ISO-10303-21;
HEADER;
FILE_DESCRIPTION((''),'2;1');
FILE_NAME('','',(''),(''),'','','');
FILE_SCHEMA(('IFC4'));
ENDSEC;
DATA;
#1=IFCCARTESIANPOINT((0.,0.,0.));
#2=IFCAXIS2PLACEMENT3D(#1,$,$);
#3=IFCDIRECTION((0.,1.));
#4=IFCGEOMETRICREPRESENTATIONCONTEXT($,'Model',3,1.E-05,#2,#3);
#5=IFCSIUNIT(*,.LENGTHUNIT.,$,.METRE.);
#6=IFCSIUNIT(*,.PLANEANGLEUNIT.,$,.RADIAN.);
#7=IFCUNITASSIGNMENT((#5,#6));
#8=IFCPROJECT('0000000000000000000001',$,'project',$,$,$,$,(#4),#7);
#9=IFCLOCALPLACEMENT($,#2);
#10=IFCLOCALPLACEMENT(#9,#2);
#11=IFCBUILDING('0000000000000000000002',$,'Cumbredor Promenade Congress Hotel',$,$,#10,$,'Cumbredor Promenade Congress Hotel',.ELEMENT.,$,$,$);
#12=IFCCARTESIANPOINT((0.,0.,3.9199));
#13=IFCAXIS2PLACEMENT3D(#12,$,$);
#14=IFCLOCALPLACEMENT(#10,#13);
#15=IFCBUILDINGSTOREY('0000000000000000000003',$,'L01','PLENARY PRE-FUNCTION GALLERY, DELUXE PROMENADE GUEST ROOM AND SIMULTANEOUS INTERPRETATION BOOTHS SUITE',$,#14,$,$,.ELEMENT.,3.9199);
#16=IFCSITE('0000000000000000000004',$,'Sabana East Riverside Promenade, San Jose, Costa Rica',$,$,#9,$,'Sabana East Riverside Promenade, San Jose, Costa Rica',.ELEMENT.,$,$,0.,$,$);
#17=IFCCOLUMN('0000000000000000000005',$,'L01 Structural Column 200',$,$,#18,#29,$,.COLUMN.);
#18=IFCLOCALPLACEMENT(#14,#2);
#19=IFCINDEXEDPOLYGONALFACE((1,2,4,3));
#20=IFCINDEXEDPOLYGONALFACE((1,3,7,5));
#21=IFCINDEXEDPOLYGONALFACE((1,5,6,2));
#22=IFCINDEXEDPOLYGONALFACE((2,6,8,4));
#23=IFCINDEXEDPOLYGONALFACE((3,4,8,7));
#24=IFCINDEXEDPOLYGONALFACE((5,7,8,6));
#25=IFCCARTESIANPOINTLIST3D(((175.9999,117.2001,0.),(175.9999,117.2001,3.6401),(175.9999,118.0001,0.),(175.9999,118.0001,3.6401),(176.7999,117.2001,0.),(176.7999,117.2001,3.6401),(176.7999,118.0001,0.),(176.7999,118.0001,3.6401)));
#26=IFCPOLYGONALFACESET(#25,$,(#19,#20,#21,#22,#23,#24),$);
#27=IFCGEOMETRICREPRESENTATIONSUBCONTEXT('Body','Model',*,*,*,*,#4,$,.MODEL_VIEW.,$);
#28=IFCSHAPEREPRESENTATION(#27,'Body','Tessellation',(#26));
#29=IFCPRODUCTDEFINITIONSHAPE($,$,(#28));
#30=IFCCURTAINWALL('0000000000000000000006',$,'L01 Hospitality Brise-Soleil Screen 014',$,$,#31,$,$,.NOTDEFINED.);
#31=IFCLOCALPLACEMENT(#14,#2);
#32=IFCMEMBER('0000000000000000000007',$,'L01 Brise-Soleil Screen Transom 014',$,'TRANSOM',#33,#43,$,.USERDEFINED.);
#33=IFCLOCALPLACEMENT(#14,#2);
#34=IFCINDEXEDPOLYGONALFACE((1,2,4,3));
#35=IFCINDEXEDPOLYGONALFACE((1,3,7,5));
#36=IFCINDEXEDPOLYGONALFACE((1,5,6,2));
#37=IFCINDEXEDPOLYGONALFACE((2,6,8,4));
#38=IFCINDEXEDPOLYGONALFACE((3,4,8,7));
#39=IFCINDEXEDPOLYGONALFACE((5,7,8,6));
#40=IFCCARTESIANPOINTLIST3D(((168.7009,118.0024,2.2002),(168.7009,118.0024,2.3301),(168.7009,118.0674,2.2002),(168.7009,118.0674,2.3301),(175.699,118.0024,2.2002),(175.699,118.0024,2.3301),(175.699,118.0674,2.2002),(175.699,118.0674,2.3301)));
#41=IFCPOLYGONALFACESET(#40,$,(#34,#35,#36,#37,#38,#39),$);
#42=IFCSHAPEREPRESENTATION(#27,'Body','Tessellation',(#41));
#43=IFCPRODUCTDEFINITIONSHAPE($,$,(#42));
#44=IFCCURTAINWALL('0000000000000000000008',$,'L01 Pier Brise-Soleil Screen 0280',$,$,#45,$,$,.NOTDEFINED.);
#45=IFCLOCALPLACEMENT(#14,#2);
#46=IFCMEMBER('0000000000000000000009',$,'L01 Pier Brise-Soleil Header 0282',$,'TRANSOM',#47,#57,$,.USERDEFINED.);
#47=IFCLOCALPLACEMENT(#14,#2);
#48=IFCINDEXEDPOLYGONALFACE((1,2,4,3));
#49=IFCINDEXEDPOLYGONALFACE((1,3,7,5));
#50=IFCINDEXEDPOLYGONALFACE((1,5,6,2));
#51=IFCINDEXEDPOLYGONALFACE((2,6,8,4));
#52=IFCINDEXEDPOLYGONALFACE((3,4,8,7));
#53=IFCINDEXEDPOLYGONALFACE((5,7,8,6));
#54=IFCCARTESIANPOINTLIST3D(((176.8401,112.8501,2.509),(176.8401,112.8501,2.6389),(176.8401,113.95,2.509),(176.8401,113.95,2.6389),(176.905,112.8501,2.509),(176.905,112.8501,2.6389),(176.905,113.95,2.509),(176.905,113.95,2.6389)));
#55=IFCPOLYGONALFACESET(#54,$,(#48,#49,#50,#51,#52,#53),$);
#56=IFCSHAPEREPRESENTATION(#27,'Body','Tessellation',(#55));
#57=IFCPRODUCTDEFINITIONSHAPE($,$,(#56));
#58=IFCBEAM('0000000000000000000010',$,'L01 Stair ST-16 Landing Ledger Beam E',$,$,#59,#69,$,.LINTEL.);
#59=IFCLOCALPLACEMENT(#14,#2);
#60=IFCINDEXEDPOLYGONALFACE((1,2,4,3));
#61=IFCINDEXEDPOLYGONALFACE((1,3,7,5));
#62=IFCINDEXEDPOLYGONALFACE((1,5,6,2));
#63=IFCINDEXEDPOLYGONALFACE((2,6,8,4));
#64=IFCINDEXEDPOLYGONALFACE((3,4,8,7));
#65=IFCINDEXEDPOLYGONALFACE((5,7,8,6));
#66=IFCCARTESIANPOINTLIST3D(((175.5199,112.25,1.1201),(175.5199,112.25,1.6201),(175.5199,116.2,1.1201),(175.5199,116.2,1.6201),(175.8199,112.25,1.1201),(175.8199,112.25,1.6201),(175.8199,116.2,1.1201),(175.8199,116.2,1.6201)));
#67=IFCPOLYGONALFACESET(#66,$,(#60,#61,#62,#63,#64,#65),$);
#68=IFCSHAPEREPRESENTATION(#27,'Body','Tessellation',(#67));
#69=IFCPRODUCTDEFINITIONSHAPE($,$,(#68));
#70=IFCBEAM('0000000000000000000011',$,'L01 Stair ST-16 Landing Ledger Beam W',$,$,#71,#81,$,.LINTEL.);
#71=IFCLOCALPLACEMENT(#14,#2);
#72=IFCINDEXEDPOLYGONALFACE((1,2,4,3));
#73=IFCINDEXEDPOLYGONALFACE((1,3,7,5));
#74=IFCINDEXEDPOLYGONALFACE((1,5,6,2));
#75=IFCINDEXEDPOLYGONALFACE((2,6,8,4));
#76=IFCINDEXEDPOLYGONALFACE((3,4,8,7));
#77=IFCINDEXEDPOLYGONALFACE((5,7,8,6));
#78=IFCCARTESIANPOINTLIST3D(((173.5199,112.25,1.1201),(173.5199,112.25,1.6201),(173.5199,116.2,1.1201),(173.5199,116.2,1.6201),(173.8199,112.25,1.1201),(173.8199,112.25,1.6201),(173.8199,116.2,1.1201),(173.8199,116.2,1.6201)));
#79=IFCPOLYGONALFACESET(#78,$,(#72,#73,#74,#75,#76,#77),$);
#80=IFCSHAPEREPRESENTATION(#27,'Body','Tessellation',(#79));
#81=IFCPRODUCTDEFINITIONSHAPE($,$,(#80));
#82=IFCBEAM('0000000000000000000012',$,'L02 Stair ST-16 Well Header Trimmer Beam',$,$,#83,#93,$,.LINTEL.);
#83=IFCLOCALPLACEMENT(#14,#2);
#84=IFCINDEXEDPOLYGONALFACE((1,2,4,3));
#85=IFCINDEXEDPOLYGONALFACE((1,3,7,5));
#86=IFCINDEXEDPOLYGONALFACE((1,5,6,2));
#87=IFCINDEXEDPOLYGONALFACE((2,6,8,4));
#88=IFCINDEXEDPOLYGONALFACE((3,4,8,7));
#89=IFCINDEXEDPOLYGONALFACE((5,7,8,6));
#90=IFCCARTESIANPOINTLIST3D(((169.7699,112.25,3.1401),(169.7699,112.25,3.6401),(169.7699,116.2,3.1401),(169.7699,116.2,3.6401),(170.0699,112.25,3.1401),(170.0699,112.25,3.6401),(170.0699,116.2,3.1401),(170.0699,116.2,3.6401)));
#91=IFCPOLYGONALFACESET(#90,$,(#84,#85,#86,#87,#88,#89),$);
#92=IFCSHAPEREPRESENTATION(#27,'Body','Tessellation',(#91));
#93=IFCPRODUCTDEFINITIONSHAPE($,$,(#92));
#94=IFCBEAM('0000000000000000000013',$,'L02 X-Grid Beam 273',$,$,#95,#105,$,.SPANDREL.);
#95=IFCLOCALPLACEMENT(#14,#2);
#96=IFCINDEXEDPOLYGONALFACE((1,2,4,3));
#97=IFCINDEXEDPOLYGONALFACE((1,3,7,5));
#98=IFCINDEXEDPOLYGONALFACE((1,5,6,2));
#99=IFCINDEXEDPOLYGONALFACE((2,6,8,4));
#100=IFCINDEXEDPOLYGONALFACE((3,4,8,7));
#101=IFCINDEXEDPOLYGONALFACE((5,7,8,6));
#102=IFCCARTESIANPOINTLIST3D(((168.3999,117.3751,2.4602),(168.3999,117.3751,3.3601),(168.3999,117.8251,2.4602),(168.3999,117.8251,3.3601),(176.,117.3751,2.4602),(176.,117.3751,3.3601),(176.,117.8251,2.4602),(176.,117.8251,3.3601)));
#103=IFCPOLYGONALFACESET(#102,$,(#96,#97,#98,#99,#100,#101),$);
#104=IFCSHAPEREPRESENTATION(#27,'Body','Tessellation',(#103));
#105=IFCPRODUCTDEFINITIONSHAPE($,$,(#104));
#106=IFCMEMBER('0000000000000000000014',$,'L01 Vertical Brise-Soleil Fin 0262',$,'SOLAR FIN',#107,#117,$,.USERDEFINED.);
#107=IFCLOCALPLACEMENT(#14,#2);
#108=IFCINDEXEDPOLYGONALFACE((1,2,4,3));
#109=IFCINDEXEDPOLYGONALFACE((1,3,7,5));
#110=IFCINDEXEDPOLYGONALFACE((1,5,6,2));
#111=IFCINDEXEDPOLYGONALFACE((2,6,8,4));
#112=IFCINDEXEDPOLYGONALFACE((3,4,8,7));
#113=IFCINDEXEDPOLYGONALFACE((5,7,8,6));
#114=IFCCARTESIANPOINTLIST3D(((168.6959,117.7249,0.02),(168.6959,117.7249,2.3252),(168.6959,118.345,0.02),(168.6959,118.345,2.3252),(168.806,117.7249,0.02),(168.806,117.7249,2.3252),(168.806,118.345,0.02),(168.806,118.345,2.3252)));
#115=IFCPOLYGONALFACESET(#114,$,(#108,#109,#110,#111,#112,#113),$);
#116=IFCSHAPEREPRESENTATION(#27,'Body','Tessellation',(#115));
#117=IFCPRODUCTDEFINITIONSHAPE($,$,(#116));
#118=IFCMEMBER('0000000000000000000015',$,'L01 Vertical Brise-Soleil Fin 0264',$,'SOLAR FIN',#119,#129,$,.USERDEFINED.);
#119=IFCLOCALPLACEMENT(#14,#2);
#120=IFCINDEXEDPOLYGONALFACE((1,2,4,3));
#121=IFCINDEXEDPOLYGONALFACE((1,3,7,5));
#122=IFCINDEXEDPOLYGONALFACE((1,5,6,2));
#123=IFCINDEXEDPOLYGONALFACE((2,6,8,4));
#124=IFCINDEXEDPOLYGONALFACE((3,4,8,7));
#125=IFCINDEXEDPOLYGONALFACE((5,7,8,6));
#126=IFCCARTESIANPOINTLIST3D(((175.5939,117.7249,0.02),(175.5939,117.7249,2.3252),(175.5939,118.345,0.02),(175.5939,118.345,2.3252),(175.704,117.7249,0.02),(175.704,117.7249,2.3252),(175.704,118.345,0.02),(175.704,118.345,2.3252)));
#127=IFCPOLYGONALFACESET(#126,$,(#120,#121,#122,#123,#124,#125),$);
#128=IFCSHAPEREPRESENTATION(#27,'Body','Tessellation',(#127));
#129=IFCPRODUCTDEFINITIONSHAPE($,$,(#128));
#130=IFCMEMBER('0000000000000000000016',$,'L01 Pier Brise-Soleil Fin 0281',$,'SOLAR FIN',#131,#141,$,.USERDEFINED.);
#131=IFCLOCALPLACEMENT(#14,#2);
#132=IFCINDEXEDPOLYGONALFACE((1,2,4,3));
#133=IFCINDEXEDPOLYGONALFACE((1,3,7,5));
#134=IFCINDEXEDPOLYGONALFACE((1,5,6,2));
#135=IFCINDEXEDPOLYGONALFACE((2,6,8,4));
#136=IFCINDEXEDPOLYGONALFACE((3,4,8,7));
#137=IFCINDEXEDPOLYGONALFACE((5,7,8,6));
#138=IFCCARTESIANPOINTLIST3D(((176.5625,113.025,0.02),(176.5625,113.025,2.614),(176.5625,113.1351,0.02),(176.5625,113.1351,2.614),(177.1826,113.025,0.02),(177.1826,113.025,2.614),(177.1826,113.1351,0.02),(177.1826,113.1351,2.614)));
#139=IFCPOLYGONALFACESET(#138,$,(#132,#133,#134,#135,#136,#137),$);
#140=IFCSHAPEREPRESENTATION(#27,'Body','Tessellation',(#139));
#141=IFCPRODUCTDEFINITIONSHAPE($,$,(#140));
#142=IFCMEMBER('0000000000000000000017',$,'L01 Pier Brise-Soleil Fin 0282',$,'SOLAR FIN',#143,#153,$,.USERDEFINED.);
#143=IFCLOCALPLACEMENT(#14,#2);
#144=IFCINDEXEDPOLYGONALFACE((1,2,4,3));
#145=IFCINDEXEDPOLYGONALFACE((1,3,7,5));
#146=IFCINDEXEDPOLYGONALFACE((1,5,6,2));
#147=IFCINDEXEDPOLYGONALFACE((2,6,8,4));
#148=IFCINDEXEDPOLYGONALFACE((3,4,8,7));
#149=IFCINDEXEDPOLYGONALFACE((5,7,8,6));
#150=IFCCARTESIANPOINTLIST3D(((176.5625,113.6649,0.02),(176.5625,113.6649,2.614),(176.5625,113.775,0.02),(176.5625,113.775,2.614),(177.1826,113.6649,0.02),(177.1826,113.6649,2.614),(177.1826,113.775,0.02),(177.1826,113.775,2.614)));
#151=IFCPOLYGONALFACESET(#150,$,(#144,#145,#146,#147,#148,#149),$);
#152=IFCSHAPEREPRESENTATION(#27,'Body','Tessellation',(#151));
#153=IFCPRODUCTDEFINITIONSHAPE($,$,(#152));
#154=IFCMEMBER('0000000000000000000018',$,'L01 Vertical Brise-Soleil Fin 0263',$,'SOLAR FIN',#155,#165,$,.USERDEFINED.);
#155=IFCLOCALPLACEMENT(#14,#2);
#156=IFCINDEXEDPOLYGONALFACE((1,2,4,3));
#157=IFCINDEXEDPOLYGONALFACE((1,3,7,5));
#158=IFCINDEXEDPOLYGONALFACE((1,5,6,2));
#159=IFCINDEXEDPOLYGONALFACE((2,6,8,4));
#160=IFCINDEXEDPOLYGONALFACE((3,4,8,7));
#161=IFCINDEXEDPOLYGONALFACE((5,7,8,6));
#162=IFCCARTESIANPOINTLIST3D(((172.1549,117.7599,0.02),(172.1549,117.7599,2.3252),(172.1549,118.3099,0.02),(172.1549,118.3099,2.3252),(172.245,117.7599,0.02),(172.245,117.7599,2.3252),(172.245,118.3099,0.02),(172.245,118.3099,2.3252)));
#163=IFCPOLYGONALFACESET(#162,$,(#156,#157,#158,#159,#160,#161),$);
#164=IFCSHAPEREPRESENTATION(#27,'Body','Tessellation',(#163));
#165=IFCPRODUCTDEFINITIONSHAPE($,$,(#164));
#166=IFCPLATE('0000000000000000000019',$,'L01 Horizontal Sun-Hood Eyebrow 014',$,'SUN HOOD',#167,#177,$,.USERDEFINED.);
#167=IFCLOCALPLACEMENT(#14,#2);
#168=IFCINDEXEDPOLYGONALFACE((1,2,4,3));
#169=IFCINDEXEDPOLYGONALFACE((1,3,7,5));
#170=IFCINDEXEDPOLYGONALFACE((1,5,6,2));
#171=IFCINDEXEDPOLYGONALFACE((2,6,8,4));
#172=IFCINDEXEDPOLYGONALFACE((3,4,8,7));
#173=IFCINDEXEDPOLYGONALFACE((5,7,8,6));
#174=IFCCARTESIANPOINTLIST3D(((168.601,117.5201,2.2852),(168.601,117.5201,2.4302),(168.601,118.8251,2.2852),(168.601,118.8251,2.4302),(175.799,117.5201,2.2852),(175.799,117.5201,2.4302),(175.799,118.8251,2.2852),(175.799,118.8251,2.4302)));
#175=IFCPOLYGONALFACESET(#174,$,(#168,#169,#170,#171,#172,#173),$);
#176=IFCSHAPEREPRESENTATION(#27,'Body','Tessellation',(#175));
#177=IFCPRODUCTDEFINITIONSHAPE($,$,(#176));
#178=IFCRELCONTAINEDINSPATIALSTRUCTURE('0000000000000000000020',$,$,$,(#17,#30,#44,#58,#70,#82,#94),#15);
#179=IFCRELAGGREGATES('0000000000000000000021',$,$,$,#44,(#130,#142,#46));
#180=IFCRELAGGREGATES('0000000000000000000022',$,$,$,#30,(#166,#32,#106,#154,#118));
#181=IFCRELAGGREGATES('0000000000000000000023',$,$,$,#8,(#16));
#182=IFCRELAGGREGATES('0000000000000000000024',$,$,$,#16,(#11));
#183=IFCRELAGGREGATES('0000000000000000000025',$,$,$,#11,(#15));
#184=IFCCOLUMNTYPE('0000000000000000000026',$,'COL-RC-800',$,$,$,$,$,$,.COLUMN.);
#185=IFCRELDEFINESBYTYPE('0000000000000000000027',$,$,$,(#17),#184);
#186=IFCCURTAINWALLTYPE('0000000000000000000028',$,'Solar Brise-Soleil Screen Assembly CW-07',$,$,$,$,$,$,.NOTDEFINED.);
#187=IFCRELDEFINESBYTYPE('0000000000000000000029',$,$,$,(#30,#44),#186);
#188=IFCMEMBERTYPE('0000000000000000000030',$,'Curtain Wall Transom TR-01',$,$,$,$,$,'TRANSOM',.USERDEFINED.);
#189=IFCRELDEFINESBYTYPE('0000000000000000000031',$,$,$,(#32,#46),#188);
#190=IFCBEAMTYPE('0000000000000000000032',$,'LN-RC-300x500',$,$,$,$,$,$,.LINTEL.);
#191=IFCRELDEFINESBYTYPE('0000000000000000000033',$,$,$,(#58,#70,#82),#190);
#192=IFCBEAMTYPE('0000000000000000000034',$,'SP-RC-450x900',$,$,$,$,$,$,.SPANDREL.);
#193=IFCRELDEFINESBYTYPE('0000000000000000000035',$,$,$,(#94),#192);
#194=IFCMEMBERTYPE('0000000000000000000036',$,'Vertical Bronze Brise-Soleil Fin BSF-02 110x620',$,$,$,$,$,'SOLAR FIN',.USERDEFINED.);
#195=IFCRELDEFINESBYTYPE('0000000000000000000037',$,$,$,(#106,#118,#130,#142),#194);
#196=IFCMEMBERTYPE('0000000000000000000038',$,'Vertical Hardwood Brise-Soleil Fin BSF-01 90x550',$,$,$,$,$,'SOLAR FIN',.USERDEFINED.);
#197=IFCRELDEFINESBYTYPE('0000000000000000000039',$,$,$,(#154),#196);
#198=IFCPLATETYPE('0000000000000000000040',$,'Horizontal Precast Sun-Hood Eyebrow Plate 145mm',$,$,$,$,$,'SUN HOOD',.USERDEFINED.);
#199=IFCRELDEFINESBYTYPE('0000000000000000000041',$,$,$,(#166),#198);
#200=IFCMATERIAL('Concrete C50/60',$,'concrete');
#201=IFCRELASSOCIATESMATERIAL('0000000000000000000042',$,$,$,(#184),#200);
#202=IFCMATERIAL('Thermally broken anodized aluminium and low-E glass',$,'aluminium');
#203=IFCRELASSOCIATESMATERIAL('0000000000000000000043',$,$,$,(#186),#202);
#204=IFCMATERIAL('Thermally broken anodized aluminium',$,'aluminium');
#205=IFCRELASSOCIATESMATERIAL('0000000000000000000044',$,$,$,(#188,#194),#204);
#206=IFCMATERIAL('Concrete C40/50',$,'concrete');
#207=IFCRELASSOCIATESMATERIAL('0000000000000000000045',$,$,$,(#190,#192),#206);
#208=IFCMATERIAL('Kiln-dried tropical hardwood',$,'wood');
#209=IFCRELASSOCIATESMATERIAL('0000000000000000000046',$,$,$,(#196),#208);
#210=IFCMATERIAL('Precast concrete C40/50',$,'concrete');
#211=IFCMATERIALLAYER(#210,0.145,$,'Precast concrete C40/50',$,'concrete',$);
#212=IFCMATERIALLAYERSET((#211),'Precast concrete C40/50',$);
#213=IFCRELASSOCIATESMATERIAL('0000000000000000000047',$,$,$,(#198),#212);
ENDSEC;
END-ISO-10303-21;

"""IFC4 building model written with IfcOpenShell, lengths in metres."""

from ifc_helpers import new_model, si_unit, direction, frame, origin, origin_2d, place, context, subcontext, project, spatial, rectangle, extrude, material, layer, layer_set, material_profile, profile_set, type_object, element, aggregate, save


model = new_model("IFC4")

# Units and contexts
model_context = context("Model", 3, precision=1e-05, world=origin(), true_north=direction((0.0, 1.0)))
body_context = subcontext(model_context, "Body", "Model", "MODEL_VIEW")
ifc_project = project(units=[si_unit("LENGTHUNIT", "METRE"), si_unit("PLANEANGLEUNIT", "RADIAN")], contexts=[model_context])

# Site, building, storey
site_placement = place(None, origin())
site = spatial("IfcSite", under=ifc_project, at=site_placement, Name="Sabana East Riverside Promenade, San Jose, Costa Rica", LongName="Sabana East Riverside Promenade, San Jose, Costa Rica", CompositionType="ELEMENT", RefElevation=0.0)
building_placement = place(site_placement, origin())
building = spatial("IfcBuilding", under=site, at=building_placement, Name="Cumbredor Promenade Congress Hotel", LongName="Cumbredor Promenade Congress Hotel", CompositionType="ELEMENT")
storey_placement = place(building_placement, frame((0.0, 0.0, 3.9199)))
storey = spatial("IfcBuildingStorey", under=building, at=storey_placement, Name="L01", Description="PLENARY PRE-FUNCTION GALLERY, DELUXE PROMENADE GUEST ROOM AND SIMULTANEOUS INTERPRETATION BOOTHS SUITE", CompositionType="ELEMENT", Elevation=3.9199)

# Column
ifc_material_1 = material(Name="Concrete C50/60", Category="concrete")
ifc_material_profile_1 = material_profile(ifc_material_1, rectangle(XDim=0.8, YDim=0.8, at=origin_2d()), Name="RC 800x800")
ifc_profile_set_1 = profile_set([ifc_material_profile_1], Name="Concrete C50/60")
column_type = type_object("IfcColumnType", Name="COL-RC-800", PredefinedType="COLUMN", material=ifc_profile_set_1)
column_placement = place(storey_placement, frame((176.3999, 117.6001, 0.0), z_axis=(0.0, 0.0, 1.0), x_axis=(1.0, 0.0, 0.0)))
element("IfcColumn", 1, at=column_placement, inside=storey, type_object=column_type, Name="L01 Structural Column 200", PredefinedType="COLUMN", context=body_context, shape_type="SweptSolid", body=[
    extrude(rectangle(XDim=0.8, YDim=0.8, at=origin_2d()), origin(), (0.0, 0.0, 1.0), 3.6401),
])

# Curtain walls, members
ifc_material_2 = material(Name="Thermally broken anodized aluminium and low-E glass", Category="aluminium")
curtain_wall_type = type_object("IfcCurtainWallType", Name="Solar Brise-Soleil Screen Assembly CW-07", PredefinedType="NOTDEFINED", material=ifc_material_2)
curtain_wall_1_placement = place(storey_placement, origin())
curtain_wall_1 = element("IfcCurtainWall", 2, at=curtain_wall_1_placement, inside=storey, type_object=curtain_wall_type, Name="L01 Hospitality Brise-Soleil Screen 014", PredefinedType="NOTDEFINED")
ifc_material_3 = material(Name="Thermally broken anodized aluminium", Category="aluminium")
ifc_material_profile_2 = material_profile(ifc_material_3, rectangle(XDim=0.0649, YDim=0.1299, at=origin_2d()), Name="ALU TRANSOM 65x130")
ifc_profile_set_2 = profile_set([ifc_material_profile_2], Name="Thermally broken anodized aluminium")
member_type_1 = type_object("IfcMemberType", Name="Curtain Wall Transom TR-01", ElementType="TRANSOM", PredefinedType="USERDEFINED", material=ifc_profile_set_2)
member_1_placement = place(storey_placement, frame((168.7009, 118.0349, 2.2651), z_axis=(1.0, 0.0, 0.0), x_axis=(0.0, 1.0, 0.0)))
member_1 = element("IfcMember", 3, at=member_1_placement, type_object=member_type_1, Name="L01 Brise-Soleil Screen Transom 014", ObjectType="TRANSOM", PredefinedType="USERDEFINED", context=body_context, shape_type="SweptSolid", body=[
    extrude(rectangle(XDim=0.0649, YDim=0.1299, at=origin_2d()), origin(), (0.0, 0.0, 1.0), 6.998),
])
curtain_wall_2_placement = place(storey_placement, origin())
curtain_wall_2 = element("IfcCurtainWall", 4, at=curtain_wall_2_placement, inside=storey, type_object=curtain_wall_type, Name="L01 Pier Brise-Soleil Screen 0280", PredefinedType="NOTDEFINED")
member_2_placement = place(storey_placement, frame((176.8726, 112.8501, 2.574), z_axis=(0.0, 1.0, 0.0), x_axis=(-1.0, 0.0, 0.0)))
member_2 = element("IfcMember", 5, at=member_2_placement, type_object=member_type_1, Name="L01 Pier Brise-Soleil Header 0282", ObjectType="TRANSOM", PredefinedType="USERDEFINED", context=body_context, shape_type="SweptSolid", body=[
    extrude(rectangle(XDim=0.0649, YDim=0.1299, at=origin_2d()), origin(), (0.0, 0.0, 1.0), 1.0999),
])

# Beams
ifc_material_4 = material(Name="Concrete C40/50", Category="concrete")
ifc_material_profile_3 = material_profile(ifc_material_4, rectangle(XDim=0.3, YDim=0.5, at=origin_2d()), Name="RC LINTEL 300x500")
ifc_profile_set_3 = profile_set([ifc_material_profile_3], Name="Concrete C40/50")
beam_type_1 = type_object("IfcBeamType", Name="LN-RC-300x500", PredefinedType="LINTEL", material=ifc_profile_set_3)
for number, where, z_axis, x_axis, name in (
    (6, (175.6699, 112.25, 1.3701), (0.0, 1.0, 0.0), (-1.0, 0.0, 0.0), "L01 Stair ST-16 Landing Ledger Beam E"),
    (7, (173.6699, 112.25, 1.3701), (0.0, 1.0, 0.0), (-1.0, 0.0, 0.0), "L01 Stair ST-16 Landing Ledger Beam W"),
    (8, (169.9199, 112.25, 3.3901), (0.0, 1.0, 0.0), (-1.0, 0.0, 0.0), "L02 Stair ST-16 Well Header Trimmer Beam"),
):
    element("IfcBeam", number, at=place(storey_placement, frame(where, z_axis=z_axis, x_axis=x_axis)), inside=storey, type_object=beam_type_1, Name=name, PredefinedType="LINTEL", context=body_context, shape_type="SweptSolid", body=[
        extrude(rectangle(XDim=0.3, YDim=0.5, at=origin_2d()), origin(), (0.0, 0.0, 1.0), 3.95),
    ])
ifc_material_profile_4 = material_profile(ifc_material_4, rectangle(XDim=0.45, YDim=0.8999, at=origin_2d()), Name="RC SPANDREL 450x900")
ifc_profile_set_4 = profile_set([ifc_material_profile_4], Name="Concrete C40/50")
beam_type_2 = type_object("IfcBeamType", Name="SP-RC-450x900", PredefinedType="SPANDREL", material=ifc_profile_set_4)
beam_placement = place(storey_placement, frame((168.3999, 117.6001, 2.9102), z_axis=(1.0, 0.0, 0.0), x_axis=(0.0, 1.0, 0.0)))
element("IfcBeam", 9, at=beam_placement, inside=storey, type_object=beam_type_2, Name="L02 X-Grid Beam 273", PredefinedType="SPANDREL", context=body_context, shape_type="SweptSolid", body=[
    extrude(rectangle(XDim=0.45, YDim=0.8999, at=origin_2d()), origin(), (0.0, 0.0, 1.0), 7.6001),
])

# Members
ifc_material_profile_5 = material_profile(ifc_material_3, rectangle(XDim=0.1101, YDim=0.6201, at=origin_2d()), Name="ARCH FIN 110x620")
ifc_profile_set_5 = profile_set([ifc_material_profile_5], Name="Thermally broken anodized aluminium")
member_type_2 = type_object("IfcMemberType", Name="Vertical Bronze Brise-Soleil Fin BSF-02 110x620", ElementType="SOLAR FIN", PredefinedType="USERDEFINED", material=ifc_profile_set_5)
member_3_placement = place(storey_placement, frame((168.751, 118.0349, 0.02), z_axis=(0.0, 0.0, 1.0), x_axis=(1.0, 0.0, 0.0)))
member_3 = element("IfcMember", 10, at=member_3_placement, type_object=member_type_2, Name="L01 Vertical Brise-Soleil Fin 0262", ObjectType="SOLAR FIN", PredefinedType="USERDEFINED", context=body_context, shape_type="SweptSolid", body=[
    extrude(rectangle(XDim=0.1101, YDim=0.6201, at=origin_2d()), origin(), (0.0, 0.0, 1.0), 2.3052),
])
member_4_placement = place(storey_placement, frame((175.6489, 118.0349, 0.02), z_axis=(0.0, 0.0, 1.0), x_axis=(1.0, 0.0, 0.0)))
member_4 = element("IfcMember", 11, at=member_4_placement, type_object=member_type_2, Name="L01 Vertical Brise-Soleil Fin 0264", ObjectType="SOLAR FIN", PredefinedType="USERDEFINED", context=body_context, shape_type="SweptSolid", body=[
    extrude(rectangle(XDim=0.1101, YDim=0.6201, at=origin_2d()), origin(), (0.0, 0.0, 1.0), 2.3052),
])
member_5_placement = place(storey_placement, frame((176.8726, 113.0801, 0.02), z_axis=(0.0, 0.0, 1.0), x_axis=(0.0, 1.0, 0.0)))
member_5 = element("IfcMember", 12, at=member_5_placement, type_object=member_type_2, Name="L01 Pier Brise-Soleil Fin 0281", ObjectType="SOLAR FIN", PredefinedType="USERDEFINED", context=body_context, shape_type="SweptSolid", body=[
    extrude(rectangle(XDim=0.1101, YDim=0.6201, at=origin_2d()), origin(), (0.0, 0.0, 1.0), 2.594),
])
member_6_placement = place(storey_placement, frame((176.8726, 113.72, 0.02), z_axis=(0.0, 0.0, 1.0), x_axis=(0.0, 1.0, 0.0)))
member_6 = element("IfcMember", 13, at=member_6_placement, type_object=member_type_2, Name="L01 Pier Brise-Soleil Fin 0282", ObjectType="SOLAR FIN", PredefinedType="USERDEFINED", context=body_context, shape_type="SweptSolid", body=[
    extrude(rectangle(XDim=0.1101, YDim=0.6201, at=origin_2d()), origin(), (0.0, 0.0, 1.0), 2.594),
])
aggregate(curtain_wall_2, [member_5, member_6, member_2])
ifc_material_5 = material(Name="Kiln-dried tropical hardwood", Category="wood")
ifc_material_profile_6 = material_profile(ifc_material_5, rectangle(XDim=0.0901, YDim=0.55, at=origin_2d()), Name="ARCH FIN 90x550")
ifc_profile_set_6 = profile_set([ifc_material_profile_6], Name="Kiln-dried tropical hardwood")
member_type_3 = type_object("IfcMemberType", Name="Vertical Hardwood Brise-Soleil Fin BSF-01 90x550", ElementType="SOLAR FIN", PredefinedType="USERDEFINED", material=ifc_profile_set_6)
member_7_placement = place(storey_placement, frame((172.2, 118.0349, 0.02), z_axis=(0.0, 0.0, 1.0), x_axis=(1.0, 0.0, 0.0)))
member_7 = element("IfcMember", 14, at=member_7_placement, type_object=member_type_3, Name="L01 Vertical Brise-Soleil Fin 0263", ObjectType="SOLAR FIN", PredefinedType="USERDEFINED", context=body_context, shape_type="SweptSolid", body=[
    extrude(rectangle(XDim=0.0901, YDim=0.55, at=origin_2d()), origin(), (0.0, 0.0, 1.0), 2.3052),
])

# Plate
ifc_material_6 = material(Name="Precast concrete C40/50", Category="concrete")
ifc_layer_1 = layer(ifc_material_6, 0.145, Name="Precast concrete C40/50", Category="concrete")
ifc_layer_set_1 = layer_set([ifc_layer_1], Name="Precast concrete C40/50")
plate_type = type_object("IfcPlateType", Name="Horizontal Precast Sun-Hood Eyebrow Plate 145mm", ElementType="SUN HOOD", PredefinedType="USERDEFINED", material=ifc_layer_set_1)
plate_placement = place(storey_placement, frame((172.2, 118.1726, 2.2852), z_axis=(0.0, 0.0, 1.0), x_axis=(1.0, 0.0, 0.0)))
plate = element("IfcPlate", 15, at=plate_placement, type_object=plate_type, Name="L01 Horizontal Sun-Hood Eyebrow 014", ObjectType="SUN HOOD", PredefinedType="USERDEFINED", context=body_context, shape_type="SweptSolid", body=[
    extrude(rectangle(XDim=7.198, YDim=1.3049, at=origin_2d()), origin(), (0.0, 0.0, 1.0), 0.145),
])
aggregate(curtain_wall_1, [plate, member_1, member_3, member_7, member_4])

save(model, "model.ifc")
